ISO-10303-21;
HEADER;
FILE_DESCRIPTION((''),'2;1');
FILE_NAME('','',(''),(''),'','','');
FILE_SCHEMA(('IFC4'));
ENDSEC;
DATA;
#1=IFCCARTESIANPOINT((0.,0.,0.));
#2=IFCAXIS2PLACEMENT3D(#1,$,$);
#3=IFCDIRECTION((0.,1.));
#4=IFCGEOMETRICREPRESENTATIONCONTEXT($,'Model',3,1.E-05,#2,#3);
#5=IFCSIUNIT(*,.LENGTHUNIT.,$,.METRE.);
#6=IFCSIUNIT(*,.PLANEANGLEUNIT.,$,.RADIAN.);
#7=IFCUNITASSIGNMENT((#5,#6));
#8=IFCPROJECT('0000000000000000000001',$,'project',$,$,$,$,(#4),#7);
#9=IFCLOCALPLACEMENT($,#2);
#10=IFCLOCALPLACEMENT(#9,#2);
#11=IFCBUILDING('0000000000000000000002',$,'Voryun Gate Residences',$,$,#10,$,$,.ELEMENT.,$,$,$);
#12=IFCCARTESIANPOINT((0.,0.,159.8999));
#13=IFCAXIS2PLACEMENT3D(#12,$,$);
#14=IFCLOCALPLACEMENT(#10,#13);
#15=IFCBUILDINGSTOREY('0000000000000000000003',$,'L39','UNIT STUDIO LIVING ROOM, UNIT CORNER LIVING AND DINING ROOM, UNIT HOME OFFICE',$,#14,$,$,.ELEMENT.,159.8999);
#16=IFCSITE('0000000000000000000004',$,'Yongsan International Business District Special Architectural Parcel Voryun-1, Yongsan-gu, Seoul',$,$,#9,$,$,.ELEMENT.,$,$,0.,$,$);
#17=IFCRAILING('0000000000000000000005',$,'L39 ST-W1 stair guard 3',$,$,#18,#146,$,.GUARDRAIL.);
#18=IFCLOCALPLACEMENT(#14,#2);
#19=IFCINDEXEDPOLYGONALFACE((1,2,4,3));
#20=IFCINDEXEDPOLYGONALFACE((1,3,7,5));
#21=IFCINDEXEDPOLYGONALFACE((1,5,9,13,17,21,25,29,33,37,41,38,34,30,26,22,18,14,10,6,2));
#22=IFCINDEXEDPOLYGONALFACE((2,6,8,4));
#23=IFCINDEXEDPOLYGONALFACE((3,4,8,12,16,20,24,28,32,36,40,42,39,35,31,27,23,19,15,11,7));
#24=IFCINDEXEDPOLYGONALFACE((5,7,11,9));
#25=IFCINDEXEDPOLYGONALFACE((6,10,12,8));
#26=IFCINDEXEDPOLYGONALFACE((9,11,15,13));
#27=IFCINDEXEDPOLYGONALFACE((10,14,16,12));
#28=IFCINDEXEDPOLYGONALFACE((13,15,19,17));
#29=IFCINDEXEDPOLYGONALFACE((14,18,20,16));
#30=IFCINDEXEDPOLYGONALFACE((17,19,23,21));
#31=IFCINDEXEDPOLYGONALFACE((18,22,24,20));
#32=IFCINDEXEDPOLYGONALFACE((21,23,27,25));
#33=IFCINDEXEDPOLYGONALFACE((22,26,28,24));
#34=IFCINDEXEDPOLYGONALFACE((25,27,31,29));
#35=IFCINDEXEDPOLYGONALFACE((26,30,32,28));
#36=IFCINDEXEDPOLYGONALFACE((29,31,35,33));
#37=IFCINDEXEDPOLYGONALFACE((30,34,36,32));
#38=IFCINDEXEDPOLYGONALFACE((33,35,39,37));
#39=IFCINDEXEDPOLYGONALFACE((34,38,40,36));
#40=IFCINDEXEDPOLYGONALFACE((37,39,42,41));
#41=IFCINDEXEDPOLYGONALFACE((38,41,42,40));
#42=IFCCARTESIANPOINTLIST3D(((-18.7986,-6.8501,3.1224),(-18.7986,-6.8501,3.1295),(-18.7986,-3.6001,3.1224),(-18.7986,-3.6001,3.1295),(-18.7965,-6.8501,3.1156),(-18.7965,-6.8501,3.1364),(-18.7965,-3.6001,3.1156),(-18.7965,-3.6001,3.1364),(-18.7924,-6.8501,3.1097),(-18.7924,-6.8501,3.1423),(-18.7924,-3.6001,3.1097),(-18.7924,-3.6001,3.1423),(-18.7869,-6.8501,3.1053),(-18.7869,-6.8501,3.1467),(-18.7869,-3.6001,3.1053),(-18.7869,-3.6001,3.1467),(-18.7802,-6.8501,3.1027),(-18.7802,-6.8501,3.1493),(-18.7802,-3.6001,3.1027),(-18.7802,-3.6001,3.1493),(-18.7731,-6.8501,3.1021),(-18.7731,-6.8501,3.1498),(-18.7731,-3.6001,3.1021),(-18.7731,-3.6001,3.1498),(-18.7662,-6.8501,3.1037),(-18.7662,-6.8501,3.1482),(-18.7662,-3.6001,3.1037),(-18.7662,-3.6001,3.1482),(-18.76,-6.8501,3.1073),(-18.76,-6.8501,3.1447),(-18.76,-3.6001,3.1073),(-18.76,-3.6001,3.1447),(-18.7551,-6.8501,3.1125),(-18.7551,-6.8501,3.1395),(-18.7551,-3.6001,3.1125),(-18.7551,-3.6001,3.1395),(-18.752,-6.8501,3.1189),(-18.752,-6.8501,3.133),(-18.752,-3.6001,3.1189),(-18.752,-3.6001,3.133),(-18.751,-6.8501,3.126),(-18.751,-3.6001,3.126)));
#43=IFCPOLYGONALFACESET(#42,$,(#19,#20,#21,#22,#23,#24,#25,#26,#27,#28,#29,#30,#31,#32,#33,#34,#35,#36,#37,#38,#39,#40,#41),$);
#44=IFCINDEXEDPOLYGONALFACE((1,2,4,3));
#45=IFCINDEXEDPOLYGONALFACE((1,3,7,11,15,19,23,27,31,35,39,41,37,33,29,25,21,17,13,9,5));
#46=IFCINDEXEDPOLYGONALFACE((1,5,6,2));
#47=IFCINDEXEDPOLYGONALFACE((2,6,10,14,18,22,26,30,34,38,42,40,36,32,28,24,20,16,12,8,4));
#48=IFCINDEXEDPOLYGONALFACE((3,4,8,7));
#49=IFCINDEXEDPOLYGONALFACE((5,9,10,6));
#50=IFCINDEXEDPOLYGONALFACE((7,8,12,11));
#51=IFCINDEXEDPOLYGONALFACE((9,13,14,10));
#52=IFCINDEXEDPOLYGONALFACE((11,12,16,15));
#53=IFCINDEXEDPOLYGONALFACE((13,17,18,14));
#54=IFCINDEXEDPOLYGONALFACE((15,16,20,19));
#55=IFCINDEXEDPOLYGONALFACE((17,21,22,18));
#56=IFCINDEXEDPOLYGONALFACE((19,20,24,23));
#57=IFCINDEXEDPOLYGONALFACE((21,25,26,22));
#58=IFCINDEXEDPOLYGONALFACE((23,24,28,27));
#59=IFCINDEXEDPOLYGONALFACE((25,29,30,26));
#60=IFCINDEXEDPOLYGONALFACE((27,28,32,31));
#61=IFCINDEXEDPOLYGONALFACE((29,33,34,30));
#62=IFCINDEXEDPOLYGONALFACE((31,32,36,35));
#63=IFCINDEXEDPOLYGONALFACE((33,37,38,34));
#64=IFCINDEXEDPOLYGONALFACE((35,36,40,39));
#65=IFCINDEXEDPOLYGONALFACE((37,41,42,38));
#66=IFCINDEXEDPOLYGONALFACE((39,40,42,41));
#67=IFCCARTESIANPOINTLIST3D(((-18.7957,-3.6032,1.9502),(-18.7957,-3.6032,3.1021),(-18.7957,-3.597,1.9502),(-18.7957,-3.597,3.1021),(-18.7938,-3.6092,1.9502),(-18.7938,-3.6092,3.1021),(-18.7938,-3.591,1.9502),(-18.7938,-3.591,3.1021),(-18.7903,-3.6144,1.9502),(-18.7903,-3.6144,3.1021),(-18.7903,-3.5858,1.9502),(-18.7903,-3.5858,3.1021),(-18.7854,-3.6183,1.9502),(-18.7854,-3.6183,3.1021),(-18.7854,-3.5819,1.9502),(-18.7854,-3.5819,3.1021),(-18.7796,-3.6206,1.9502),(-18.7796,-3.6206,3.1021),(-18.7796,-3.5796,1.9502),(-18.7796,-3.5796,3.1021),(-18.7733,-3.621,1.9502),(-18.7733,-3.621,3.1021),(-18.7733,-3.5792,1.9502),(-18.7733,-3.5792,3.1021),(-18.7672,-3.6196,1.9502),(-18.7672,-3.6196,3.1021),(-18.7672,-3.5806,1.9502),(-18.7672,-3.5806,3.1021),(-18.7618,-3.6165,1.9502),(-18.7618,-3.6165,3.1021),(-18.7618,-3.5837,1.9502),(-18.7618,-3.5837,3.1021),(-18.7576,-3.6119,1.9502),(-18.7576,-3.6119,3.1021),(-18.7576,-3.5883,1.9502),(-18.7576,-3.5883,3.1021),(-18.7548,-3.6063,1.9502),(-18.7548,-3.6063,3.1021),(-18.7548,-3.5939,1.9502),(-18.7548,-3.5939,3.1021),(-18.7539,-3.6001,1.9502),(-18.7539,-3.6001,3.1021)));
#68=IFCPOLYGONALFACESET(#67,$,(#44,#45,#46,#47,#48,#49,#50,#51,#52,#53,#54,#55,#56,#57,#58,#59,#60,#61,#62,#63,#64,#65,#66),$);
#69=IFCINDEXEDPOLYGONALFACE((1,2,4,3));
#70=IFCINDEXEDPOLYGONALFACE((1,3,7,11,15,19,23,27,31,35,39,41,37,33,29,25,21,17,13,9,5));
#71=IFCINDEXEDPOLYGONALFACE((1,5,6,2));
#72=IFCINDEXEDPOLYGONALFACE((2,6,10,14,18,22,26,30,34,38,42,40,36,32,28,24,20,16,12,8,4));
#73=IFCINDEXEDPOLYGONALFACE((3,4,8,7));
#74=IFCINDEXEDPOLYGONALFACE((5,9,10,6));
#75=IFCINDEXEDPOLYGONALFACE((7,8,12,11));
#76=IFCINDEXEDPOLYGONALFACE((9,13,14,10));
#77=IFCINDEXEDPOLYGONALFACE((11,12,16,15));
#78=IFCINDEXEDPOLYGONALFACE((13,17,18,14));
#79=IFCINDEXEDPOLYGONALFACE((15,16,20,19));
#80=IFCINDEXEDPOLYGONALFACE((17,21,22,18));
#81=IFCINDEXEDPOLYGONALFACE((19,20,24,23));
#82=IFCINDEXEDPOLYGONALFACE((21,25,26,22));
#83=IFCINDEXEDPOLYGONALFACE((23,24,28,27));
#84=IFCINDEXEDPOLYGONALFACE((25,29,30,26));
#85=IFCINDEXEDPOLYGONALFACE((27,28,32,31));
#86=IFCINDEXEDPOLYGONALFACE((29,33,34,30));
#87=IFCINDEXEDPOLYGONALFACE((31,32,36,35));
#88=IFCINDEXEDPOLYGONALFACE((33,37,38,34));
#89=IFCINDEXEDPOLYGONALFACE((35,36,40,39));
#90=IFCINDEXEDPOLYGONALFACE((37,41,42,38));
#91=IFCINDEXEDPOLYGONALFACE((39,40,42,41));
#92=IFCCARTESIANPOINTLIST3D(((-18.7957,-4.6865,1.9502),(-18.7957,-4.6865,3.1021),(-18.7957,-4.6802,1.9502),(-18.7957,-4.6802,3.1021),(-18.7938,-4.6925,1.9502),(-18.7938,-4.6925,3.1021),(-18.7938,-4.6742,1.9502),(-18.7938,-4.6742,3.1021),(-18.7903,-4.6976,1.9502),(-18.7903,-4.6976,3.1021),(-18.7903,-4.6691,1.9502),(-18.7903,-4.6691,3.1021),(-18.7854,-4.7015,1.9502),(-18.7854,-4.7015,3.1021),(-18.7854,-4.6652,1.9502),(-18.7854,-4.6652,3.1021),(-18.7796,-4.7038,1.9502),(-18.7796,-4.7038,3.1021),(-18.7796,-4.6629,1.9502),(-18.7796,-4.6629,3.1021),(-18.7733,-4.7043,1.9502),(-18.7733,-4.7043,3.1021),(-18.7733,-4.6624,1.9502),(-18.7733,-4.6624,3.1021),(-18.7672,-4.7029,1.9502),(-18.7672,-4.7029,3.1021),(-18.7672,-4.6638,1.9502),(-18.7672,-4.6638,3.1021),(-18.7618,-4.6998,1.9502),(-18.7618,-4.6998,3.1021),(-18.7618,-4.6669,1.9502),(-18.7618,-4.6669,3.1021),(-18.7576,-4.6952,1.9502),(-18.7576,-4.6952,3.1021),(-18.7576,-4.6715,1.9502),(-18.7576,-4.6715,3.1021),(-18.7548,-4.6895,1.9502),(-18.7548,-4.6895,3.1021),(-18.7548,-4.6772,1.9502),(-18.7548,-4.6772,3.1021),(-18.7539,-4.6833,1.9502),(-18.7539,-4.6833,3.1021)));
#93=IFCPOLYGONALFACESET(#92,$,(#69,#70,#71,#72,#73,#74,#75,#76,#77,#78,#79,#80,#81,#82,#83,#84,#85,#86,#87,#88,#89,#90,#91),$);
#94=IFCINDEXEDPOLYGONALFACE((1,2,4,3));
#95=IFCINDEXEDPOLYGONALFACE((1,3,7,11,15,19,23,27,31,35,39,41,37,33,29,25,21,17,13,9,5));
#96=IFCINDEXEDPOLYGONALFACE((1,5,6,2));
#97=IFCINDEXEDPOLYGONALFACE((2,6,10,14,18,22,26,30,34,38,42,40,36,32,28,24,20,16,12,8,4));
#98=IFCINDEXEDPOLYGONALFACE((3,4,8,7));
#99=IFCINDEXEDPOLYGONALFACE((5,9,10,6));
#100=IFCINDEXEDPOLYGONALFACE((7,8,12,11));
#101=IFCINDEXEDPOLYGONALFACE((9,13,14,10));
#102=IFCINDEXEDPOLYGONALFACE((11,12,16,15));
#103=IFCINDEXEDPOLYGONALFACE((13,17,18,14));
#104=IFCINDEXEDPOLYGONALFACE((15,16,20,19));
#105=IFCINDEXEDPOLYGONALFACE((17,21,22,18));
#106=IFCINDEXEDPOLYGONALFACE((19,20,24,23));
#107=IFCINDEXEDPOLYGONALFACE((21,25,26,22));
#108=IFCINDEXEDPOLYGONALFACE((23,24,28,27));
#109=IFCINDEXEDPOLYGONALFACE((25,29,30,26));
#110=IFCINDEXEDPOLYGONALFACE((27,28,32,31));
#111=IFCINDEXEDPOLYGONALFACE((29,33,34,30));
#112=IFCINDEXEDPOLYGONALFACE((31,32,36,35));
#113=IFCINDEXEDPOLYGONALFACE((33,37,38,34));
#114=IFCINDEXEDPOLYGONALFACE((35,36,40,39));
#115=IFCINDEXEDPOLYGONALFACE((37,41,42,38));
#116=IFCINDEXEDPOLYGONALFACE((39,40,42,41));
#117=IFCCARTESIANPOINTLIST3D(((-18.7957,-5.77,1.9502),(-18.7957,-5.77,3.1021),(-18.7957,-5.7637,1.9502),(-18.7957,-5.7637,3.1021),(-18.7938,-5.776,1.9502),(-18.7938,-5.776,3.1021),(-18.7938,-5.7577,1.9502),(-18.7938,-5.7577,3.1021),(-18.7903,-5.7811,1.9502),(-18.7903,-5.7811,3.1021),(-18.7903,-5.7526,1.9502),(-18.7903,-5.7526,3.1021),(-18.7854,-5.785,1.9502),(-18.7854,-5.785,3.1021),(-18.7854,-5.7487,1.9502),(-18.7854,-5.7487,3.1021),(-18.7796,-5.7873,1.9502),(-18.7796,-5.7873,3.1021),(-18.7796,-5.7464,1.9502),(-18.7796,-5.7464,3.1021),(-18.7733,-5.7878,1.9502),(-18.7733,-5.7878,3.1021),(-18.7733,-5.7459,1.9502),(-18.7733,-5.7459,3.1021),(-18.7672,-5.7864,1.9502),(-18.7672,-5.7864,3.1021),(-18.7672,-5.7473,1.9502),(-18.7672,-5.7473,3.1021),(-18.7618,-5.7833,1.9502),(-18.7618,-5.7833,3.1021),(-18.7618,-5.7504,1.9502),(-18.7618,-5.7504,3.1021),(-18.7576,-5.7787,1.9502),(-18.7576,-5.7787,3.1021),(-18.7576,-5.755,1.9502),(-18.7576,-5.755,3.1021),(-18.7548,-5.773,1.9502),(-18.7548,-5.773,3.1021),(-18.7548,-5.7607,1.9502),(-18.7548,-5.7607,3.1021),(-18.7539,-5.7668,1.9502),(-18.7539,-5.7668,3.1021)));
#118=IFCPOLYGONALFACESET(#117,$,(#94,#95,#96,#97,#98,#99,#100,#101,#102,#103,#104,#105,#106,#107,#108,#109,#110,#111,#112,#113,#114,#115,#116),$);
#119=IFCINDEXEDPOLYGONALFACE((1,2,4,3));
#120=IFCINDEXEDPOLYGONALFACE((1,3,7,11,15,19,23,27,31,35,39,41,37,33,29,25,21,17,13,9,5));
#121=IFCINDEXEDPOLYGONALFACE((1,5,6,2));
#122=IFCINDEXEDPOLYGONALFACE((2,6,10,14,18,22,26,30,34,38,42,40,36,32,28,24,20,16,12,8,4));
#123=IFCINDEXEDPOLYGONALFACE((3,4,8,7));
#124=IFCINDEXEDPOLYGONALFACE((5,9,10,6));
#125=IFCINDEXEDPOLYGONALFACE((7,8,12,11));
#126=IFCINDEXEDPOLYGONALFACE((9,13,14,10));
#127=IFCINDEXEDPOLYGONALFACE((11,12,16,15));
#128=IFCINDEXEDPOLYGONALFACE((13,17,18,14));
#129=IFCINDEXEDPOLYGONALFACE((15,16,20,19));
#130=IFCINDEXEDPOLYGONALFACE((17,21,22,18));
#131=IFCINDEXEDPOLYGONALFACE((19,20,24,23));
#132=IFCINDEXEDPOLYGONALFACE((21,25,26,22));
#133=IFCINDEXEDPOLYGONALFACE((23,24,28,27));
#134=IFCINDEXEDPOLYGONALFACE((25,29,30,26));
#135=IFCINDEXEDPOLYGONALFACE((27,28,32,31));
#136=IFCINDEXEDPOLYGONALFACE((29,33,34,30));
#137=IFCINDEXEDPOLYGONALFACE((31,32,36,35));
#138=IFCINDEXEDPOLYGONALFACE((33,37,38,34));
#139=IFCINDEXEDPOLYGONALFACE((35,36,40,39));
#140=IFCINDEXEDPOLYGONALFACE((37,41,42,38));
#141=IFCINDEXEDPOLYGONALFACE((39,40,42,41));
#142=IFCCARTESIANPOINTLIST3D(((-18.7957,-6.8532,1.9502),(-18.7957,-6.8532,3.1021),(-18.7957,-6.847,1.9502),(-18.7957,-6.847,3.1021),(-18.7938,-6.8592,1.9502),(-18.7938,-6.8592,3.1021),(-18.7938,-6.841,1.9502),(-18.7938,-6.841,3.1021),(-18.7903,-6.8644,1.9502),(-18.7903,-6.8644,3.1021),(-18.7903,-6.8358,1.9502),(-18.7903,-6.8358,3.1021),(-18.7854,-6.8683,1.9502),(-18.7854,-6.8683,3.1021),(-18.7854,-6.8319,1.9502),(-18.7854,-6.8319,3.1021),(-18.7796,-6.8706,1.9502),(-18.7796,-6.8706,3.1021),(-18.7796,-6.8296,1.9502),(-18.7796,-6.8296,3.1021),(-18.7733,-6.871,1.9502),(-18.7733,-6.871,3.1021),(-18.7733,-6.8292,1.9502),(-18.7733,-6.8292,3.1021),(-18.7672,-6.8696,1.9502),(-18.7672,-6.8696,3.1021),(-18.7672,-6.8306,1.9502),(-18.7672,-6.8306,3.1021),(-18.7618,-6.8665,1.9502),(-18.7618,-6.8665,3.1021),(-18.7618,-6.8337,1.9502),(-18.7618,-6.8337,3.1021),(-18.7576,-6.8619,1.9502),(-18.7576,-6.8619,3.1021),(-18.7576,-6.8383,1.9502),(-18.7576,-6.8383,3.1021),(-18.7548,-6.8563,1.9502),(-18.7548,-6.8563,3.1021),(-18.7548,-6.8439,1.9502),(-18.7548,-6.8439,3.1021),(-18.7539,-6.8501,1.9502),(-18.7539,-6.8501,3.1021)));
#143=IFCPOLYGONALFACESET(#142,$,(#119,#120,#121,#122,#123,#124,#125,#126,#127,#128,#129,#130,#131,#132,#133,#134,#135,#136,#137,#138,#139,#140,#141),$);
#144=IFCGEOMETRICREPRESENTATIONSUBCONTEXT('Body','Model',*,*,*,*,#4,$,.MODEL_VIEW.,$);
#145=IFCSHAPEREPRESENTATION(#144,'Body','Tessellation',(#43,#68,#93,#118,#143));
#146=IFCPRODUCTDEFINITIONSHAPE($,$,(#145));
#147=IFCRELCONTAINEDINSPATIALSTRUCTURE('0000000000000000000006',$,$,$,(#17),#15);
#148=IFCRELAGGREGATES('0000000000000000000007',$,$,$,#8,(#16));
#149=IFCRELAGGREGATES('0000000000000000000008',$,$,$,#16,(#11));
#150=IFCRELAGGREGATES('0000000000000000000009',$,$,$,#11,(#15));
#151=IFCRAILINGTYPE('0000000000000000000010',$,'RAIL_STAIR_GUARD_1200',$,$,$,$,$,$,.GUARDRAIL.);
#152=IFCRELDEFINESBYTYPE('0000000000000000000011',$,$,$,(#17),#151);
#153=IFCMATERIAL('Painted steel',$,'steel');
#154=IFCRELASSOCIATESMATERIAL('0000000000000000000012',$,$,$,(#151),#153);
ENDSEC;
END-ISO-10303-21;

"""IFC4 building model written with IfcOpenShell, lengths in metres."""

from ifc_helpers import new_model, si_unit, direction, frame, origin, origin_2d, place, context, subcontext, project, spatial, circle, extrude, material, type_object, element, save


model = new_model("IFC4")

# Units and contexts
model_context = context("Model", 3, precision=1e-05, world=origin(), true_north=direction((0.0, 1.0)))
body_context = subcontext(model_context, "Body", "Model", "MODEL_VIEW")
ifc_project = project(units=[si_unit("LENGTHUNIT", "METRE"), si_unit("PLANEANGLEUNIT", "RADIAN")], contexts=[model_context])

# Site, building, storey
site_placement = place(None, origin())
site = spatial("IfcSite", under=ifc_project, at=site_placement, Name="Yongsan International Business District Special Architectural Parcel Voryun-1, Yongsan-gu, Seoul", CompositionType="ELEMENT", RefElevation=0.0)
building_placement = place(site_placement, origin())
building = spatial("IfcBuilding", under=site, at=building_placement, Name="Voryun Gate Residences", CompositionType="ELEMENT")
storey_placement = place(building_placement, frame((0.0, 0.0, 159.8999)))
storey = spatial("IfcBuildingStorey", under=building, at=storey_placement, Name="L39", Description="UNIT STUDIO LIVING ROOM, UNIT CORNER LIVING AND DINING ROOM, UNIT HOME OFFICE", CompositionType="ELEMENT", Elevation=159.8999)

# Railing
ifc_material_1 = material(Name="Painted steel", Category="steel")
railing_type = type_object("IfcRailingType", Name="RAIL_STAIR_GUARD_1200", PredefinedType="GUARDRAIL", material=ifc_material_1)
railing_1_placement = place(storey_placement, frame((-18.7749, -3.6001, 1.9502)))
element("IfcRailing", 1, at=railing_1_placement, inside=storey, type_object=railing_type, Name="L39 ST-W1 stair guard 3", PredefinedType="GUARDRAIL", context=body_context, shape_type="SweptSolid", body=[
    extrude(circle(Radius=0.0239, at=origin_2d()), frame((0.0, 0.0, 1.1758), z_axis=(0.0, -1.0, 0.0), x_axis=(1.0, 0.0, 0.0)), (0.0, 0.0, 1.0), 3.25),
    extrude(circle(Radius=0.021, at=origin_2d()), origin(), (0.0, 0.0, 1.0), 1.1519),
    extrude(circle(Radius=0.021, at=origin_2d()), frame((0.0, -1.0833, 0.0)), (0.0, 0.0, 1.0), 1.1519),
    extrude(circle(Radius=0.021, at=origin_2d()), frame((0.0, -2.1667, 0.0)), (0.0, 0.0, 1.0), 1.1519),
    extrude(circle(Radius=0.021, at=origin_2d()), frame((0.0, -3.25, 0.0)), (0.0, 0.0, 1.0), 1.1519),
])

save(model, "model.ifc")
